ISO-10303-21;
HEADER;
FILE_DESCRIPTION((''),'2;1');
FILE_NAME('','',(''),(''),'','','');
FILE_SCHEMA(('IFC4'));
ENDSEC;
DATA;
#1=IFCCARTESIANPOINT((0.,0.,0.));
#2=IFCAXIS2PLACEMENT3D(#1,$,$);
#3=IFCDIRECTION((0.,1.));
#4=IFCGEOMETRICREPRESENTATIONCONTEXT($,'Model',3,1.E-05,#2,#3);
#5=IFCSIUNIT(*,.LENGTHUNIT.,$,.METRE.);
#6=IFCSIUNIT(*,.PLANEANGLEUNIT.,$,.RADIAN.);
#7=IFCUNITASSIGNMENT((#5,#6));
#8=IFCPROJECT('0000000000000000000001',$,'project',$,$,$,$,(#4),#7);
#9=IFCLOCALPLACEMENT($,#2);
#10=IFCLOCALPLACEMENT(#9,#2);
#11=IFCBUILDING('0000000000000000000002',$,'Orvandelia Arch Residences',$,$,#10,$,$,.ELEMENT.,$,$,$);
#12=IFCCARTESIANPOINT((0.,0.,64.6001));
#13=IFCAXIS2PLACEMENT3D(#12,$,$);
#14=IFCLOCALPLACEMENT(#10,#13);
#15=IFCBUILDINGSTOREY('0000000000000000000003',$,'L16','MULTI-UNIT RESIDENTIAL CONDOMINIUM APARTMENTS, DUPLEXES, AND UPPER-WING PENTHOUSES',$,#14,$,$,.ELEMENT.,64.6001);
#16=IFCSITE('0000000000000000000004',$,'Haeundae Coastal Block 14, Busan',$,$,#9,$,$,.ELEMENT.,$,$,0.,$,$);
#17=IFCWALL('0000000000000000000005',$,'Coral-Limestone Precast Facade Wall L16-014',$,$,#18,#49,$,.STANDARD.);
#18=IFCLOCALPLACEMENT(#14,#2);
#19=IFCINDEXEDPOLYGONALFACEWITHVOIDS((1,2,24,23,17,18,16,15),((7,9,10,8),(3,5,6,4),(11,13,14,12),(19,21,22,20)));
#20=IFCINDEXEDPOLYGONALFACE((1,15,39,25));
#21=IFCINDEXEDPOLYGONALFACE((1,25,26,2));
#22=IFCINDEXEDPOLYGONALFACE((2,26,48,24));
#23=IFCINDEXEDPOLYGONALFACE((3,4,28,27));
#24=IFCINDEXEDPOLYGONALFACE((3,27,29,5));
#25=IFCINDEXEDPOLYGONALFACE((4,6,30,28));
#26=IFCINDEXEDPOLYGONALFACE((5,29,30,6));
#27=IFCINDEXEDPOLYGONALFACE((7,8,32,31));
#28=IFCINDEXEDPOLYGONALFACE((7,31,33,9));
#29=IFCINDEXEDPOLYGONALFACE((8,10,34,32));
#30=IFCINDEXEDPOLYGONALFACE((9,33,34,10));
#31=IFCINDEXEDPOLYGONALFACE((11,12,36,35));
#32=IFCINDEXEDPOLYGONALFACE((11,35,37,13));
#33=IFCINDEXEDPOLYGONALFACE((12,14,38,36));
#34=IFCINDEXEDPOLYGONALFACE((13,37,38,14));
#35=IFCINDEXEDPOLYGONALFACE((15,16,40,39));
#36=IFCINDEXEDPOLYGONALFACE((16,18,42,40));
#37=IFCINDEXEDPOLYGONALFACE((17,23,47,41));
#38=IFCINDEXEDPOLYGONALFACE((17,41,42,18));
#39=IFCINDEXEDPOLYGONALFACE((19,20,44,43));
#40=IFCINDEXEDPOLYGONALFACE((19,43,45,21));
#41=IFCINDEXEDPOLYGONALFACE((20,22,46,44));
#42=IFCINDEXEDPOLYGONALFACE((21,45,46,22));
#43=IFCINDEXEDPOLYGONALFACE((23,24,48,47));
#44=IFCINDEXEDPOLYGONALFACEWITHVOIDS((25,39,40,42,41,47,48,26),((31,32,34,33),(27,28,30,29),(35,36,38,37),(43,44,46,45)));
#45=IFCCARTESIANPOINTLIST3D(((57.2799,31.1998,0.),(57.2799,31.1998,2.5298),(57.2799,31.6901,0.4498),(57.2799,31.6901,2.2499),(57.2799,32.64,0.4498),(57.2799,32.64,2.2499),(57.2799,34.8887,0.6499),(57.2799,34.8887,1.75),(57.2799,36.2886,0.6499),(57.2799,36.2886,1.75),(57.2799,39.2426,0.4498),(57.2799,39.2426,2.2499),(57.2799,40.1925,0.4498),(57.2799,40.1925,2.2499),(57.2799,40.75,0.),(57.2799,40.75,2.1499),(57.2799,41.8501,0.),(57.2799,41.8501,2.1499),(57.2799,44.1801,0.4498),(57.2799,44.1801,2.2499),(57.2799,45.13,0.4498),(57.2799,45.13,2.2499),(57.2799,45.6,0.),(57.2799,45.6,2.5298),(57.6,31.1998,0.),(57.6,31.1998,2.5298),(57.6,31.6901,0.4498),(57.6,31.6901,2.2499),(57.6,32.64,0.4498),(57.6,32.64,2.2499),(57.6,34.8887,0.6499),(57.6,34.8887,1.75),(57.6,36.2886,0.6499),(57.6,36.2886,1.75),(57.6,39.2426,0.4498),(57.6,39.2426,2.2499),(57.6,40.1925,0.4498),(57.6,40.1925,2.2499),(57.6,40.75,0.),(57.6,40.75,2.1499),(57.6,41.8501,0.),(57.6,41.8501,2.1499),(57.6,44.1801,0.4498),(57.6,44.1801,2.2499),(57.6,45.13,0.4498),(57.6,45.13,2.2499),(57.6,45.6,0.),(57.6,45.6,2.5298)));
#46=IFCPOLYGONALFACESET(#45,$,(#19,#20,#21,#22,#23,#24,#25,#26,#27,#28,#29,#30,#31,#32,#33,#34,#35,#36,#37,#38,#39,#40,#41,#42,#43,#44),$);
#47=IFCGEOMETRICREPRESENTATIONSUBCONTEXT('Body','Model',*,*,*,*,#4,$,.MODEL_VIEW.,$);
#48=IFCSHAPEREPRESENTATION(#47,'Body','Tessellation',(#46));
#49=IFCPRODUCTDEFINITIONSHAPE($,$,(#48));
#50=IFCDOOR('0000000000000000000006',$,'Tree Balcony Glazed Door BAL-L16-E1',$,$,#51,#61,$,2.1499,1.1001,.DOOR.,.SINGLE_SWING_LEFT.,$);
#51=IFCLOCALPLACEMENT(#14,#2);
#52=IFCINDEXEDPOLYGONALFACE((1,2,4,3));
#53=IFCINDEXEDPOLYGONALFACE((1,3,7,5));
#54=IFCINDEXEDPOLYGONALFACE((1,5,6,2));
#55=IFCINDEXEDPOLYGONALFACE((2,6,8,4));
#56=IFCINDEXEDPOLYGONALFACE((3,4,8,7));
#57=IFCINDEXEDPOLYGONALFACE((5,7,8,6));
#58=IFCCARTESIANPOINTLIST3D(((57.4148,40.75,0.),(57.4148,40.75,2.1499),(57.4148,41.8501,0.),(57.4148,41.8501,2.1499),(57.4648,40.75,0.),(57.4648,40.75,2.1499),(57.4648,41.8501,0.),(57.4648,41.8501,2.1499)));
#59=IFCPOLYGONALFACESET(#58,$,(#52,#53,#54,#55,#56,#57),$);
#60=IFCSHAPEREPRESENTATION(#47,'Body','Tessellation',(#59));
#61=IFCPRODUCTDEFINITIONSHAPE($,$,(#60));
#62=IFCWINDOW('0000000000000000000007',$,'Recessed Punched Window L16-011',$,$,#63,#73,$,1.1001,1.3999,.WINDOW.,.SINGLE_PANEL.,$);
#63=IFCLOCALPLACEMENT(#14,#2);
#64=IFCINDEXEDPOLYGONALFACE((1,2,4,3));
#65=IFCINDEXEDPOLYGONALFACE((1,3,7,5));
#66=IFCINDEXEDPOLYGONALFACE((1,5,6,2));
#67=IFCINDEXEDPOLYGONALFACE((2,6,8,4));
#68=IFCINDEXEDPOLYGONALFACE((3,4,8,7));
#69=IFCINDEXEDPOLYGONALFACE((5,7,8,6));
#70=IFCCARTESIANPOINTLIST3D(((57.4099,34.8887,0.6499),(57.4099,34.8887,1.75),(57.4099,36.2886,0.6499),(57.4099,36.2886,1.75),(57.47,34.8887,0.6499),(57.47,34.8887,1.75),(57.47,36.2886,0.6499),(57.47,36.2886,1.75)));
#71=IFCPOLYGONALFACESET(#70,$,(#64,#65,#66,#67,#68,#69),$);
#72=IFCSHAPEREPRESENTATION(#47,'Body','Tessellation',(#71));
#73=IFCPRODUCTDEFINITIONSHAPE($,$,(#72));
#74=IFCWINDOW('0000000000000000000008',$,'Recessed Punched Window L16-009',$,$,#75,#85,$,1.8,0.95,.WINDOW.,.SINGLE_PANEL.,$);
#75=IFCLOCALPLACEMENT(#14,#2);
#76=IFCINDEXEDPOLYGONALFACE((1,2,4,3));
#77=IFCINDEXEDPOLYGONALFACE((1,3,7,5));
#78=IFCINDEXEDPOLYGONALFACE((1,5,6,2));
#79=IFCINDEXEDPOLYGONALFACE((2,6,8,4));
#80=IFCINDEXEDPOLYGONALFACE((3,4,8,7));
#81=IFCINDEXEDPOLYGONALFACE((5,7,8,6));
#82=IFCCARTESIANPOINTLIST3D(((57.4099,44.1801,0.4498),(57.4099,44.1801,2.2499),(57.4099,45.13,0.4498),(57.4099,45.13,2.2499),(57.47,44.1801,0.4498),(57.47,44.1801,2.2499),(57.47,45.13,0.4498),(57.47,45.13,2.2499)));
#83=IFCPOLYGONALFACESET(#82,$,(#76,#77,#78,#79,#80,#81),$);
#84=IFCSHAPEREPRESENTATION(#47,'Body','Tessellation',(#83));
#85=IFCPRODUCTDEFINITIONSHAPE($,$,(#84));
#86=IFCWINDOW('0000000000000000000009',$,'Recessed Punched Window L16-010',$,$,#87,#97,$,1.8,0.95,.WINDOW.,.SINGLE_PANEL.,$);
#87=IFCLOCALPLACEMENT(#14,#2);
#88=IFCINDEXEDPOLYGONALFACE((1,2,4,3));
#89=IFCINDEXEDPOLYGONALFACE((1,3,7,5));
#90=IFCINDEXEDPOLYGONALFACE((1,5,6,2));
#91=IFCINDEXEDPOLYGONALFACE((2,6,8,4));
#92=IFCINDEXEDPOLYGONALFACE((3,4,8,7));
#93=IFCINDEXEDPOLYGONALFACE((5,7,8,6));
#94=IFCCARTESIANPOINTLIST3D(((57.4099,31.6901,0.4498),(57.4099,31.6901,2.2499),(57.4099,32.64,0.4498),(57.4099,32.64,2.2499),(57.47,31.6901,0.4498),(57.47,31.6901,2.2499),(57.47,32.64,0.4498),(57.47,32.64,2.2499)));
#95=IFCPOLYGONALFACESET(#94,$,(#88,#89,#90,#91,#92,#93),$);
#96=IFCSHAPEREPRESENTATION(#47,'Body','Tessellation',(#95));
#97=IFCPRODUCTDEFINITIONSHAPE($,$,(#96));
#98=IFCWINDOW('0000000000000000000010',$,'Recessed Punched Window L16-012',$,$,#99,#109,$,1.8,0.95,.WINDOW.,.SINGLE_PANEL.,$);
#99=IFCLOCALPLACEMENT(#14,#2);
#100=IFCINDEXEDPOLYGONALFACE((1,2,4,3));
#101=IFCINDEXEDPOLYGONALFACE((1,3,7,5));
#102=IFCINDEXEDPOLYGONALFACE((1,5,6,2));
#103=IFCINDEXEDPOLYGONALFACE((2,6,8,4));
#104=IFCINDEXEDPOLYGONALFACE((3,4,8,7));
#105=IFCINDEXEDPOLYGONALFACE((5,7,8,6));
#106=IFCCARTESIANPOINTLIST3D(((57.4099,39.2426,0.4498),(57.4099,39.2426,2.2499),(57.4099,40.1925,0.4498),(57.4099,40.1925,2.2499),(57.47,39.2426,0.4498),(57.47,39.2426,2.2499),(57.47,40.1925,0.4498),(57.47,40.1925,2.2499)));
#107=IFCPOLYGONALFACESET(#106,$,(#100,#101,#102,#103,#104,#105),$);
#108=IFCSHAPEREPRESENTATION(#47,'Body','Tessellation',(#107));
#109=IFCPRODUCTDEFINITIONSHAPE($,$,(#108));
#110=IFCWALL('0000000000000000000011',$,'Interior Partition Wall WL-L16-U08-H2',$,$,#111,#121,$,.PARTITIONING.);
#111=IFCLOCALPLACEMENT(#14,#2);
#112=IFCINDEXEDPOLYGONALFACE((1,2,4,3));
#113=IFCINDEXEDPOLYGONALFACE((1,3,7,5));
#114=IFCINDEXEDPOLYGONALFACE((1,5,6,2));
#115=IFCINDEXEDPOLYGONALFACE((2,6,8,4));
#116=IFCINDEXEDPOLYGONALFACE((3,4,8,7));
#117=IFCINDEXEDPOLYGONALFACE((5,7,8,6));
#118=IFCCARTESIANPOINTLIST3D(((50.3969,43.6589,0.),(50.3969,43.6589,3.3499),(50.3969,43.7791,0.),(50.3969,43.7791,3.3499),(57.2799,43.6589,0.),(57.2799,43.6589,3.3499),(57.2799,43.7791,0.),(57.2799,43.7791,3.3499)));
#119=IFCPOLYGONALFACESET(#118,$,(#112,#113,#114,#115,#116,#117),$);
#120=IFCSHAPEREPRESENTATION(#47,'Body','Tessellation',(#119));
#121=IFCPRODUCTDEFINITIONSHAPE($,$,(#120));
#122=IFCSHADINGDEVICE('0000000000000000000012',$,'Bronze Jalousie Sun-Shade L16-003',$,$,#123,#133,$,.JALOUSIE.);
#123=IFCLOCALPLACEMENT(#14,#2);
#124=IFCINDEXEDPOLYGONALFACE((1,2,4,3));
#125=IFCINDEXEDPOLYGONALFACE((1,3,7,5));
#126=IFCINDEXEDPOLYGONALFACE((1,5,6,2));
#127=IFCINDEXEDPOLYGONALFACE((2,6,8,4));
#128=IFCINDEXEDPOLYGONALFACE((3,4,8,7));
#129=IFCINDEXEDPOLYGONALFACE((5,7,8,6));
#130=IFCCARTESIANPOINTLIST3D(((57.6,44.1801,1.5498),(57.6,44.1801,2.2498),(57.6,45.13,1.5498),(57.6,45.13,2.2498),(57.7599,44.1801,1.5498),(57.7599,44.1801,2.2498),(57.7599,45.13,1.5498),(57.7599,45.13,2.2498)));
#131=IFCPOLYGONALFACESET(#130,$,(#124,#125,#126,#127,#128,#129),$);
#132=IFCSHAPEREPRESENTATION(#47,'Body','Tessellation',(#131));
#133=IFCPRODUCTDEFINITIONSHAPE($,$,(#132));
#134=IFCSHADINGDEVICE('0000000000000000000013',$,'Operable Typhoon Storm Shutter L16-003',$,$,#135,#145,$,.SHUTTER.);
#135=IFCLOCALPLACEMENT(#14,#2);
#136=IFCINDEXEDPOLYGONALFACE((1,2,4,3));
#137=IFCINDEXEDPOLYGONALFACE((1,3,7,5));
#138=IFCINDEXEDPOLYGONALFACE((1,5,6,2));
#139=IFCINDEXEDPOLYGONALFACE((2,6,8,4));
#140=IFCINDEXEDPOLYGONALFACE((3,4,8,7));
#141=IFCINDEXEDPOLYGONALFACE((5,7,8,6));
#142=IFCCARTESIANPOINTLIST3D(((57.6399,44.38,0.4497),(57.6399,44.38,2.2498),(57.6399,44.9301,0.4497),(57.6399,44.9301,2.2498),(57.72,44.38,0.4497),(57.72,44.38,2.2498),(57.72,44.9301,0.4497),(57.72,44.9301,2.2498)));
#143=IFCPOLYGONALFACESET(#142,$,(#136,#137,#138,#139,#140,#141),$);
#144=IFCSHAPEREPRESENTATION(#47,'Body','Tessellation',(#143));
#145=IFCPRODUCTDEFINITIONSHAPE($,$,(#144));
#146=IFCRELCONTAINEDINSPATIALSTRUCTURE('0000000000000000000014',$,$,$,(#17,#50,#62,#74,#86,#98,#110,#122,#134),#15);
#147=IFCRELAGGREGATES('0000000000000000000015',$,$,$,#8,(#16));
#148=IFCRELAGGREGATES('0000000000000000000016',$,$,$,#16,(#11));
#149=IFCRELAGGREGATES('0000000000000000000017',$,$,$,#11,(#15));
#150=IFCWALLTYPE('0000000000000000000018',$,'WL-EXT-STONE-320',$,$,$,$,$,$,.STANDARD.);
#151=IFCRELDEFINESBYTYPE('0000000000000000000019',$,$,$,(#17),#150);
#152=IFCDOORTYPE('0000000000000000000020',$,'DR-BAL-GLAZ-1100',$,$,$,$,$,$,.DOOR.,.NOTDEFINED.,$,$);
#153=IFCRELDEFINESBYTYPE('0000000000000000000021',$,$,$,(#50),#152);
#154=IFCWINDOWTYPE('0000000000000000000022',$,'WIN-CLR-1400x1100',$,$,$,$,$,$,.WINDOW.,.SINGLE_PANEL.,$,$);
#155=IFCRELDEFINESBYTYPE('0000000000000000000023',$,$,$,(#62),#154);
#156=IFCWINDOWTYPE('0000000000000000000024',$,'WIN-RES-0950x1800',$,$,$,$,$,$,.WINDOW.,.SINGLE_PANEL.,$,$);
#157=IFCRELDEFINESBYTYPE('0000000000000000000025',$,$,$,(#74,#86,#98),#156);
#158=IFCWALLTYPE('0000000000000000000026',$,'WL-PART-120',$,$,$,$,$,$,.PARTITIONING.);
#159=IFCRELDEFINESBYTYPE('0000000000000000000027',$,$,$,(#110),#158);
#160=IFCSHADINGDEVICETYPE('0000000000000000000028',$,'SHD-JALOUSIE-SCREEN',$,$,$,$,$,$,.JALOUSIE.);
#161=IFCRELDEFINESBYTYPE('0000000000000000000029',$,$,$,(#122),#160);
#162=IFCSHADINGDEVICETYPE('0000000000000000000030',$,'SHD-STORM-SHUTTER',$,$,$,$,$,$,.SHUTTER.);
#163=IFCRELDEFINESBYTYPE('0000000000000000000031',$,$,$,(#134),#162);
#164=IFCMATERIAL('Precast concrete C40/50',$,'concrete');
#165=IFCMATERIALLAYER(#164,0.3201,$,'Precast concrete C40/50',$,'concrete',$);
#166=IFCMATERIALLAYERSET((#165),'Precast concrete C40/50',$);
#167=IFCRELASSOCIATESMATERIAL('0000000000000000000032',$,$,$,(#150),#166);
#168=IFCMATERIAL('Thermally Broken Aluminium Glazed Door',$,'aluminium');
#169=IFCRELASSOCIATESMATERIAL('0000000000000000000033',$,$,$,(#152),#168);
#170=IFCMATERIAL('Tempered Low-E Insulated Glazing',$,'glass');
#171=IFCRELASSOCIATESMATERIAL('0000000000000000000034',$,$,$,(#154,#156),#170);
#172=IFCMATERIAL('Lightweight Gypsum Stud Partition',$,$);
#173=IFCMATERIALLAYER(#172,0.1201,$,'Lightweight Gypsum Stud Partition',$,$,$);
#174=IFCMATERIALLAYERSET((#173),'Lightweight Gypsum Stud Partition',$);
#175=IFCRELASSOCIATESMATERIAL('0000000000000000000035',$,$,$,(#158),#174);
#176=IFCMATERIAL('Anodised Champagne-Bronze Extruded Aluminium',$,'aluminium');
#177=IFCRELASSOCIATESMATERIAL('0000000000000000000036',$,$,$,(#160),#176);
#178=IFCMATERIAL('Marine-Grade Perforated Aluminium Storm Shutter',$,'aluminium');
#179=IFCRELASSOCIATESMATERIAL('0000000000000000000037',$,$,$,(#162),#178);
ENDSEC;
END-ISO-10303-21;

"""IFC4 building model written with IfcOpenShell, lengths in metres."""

from ifc_helpers import new_model, si_unit, direction, frame, frame_2d, origin, origin_2d, place, context, subcontext, project, spatial, rectangle, extrude, material, layer, layer_set, type_object, element, fill, save


model = new_model("IFC4")

# Units and contexts
model_context = context("Model", 3, precision=1e-05, world=origin(), true_north=direction((0.0, 1.0)))
body_context = subcontext(model_context, "Body", "Model", "MODEL_VIEW")
ifc_project = project(units=[si_unit("LENGTHUNIT", "METRE"), si_unit("PLANEANGLEUNIT", "RADIAN")], contexts=[model_context])

# Site, building, storey
site_placement = place(None, origin())
site = spatial("IfcSite", under=ifc_project, at=site_placement, Name="Haeundae Coastal Block 14, Busan", CompositionType="ELEMENT", RefElevation=0.0)
building_placement = place(site_placement, origin())
building = spatial("IfcBuilding", under=site, at=building_placement, Name="Orvandelia Arch Residences", CompositionType="ELEMENT")
storey_placement = place(building_placement, frame((0.0, 0.0, 64.6001)))
storey = spatial("IfcBuildingStorey", under=building, at=storey_placement, Name="L16", Description="MULTI-UNIT RESIDENTIAL CONDOMINIUM APARTMENTS, DUPLEXES, AND UPPER-WING PENTHOUSES", CompositionType="ELEMENT", Elevation=64.6001)

# Shared definitions
ifc_material_1 = material(Name="Precast concrete C40/50", Category="concrete")
ifc_layer_1 = layer(ifc_material_1, 0.3201, Name="Precast concrete C40/50", Category="concrete")
ifc_layer_set_1 = layer_set([ifc_layer_1], Name="Precast concrete C40/50")
wall_type_1 = type_object("IfcWallType", Name="WL-EXT-STONE-320", PredefinedType="STANDARD", material=ifc_layer_set_1)

# Wall, openings, door, windows
wall_1_placement = place(storey_placement, frame((57.4399, 45.6001, 0.0), z_axis=(0.0, 0.0, 1.0), x_axis=(0.0, -1.0, 0.0)))
wall_1 = element("IfcWall", 1, at=wall_1_placement, inside=storey, type_object=wall_type_1, Name="Coral-Limestone Precast Facade Wall L16-014", PredefinedType="STANDARD", context=body_context, shape_type="SweptSolid", body=[
    extrude(rectangle(XDim=14.4001, YDim=0.3201, at=frame_2d((7.2002, 0.0))), origin(), (0.0, 0.0, 1.0), 2.5298),
])
opening_1_placement = place(wall_1_placement, frame((3.75, 0.0, 0.0)))
opening_1 = element("IfcOpeningElement", 2, at=opening_1_placement, cuts=wall_1, PredefinedType="OPENING", context=body_context, shape_type="SweptSolid", body=[
    extrude(rectangle(XDim=1.1001, YDim=2.1499, at=frame_2d((0.55, 1.075))), frame((0.0, 0.1699, 0.0), z_axis=(0.0, -1.0, 0.0), x_axis=(1.0, 0.0, 0.0)), (0.0, 0.0, 1.0), 0.3401),
])
opening_2_placement = place(wall_1_placement, frame((0.47, 0.0, 0.45)))
opening_2 = element("IfcOpeningElement", 3, at=opening_2_placement, cuts=wall_1, PredefinedType="OPENING", context=body_context, shape_type="SweptSolid", body=[
    extrude(rectangle(XDim=0.95, YDim=1.8, at=frame_2d((0.4751, 0.8999))), frame((0.0, 0.1699, 0.0), z_axis=(0.0, -1.0, 0.0), x_axis=(1.0, 0.0, 0.0)), (0.0, 0.0, 1.0), 0.3401),
])
opening_3_placement = place(wall_1_placement, frame((12.96, 0.0, 0.45)))
opening_3 = element("IfcOpeningElement", 4, at=opening_3_placement, cuts=wall_1, PredefinedType="OPENING", context=body_context, shape_type="SweptSolid", body=[
    extrude(rectangle(XDim=0.95, YDim=1.8, at=frame_2d((0.4751, 0.8999))), frame((0.0, 0.1699, 0.0), z_axis=(0.0, -1.0, 0.0), x_axis=(1.0, 0.0, 0.0)), (0.0, 0.0, 1.0), 0.3401),
])
opening_4_placement = place(wall_1_placement, frame((9.3115, 0.0, 0.6499)))
opening_4 = element("IfcOpeningElement", 5, at=opening_4_placement, cuts=wall_1, PredefinedType="OPENING", context=body_context, shape_type="SweptSolid", body=[
    extrude(rectangle(XDim=1.3999, YDim=1.1001, at=frame_2d((0.7, 0.55))), frame((0.0, 0.1699, 0.0), z_axis=(0.0, -1.0, 0.0), x_axis=(1.0, 0.0, 0.0)), (0.0, 0.0, 1.0), 0.3401),
])
opening_5_placement = place(wall_1_placement, frame((5.4075, 0.0, 0.45)))
opening_5 = element("IfcOpeningElement", 6, at=opening_5_placement, cuts=wall_1, PredefinedType="OPENING", context=body_context, shape_type="SweptSolid", body=[
    extrude(rectangle(XDim=0.95, YDim=1.8, at=frame_2d((0.4751, 0.8999))), frame((0.0, 0.1699, 0.0), z_axis=(0.0, -1.0, 0.0), x_axis=(1.0, 0.0, 0.0)), (0.0, 0.0, 1.0), 0.3401),
])
ifc_material_2 = material(Name="Thermally Broken Aluminium Glazed Door", Category="aluminium")
door_type = type_object("IfcDoorType", Name="DR-BAL-GLAZ-1100", OperationType="NOTDEFINED", PredefinedType="DOOR", material=ifc_material_2)
door_placement = place(opening_1_placement, origin())
door = element("IfcDoor", 7, at=door_placement, inside=storey, type_object=door_type, Name="Tree Balcony Glazed Door BAL-L16-E1", OperationType="SINGLE_SWING_LEFT", OverallHeight=2.1499, OverallWidth=1.1001, PredefinedType="DOOR", context=body_context, shape_type="SweptSolid", body=[
    extrude(rectangle(XDim=1.1001, YDim=2.1499, at=frame_2d((0.55, 1.075))), frame((0.0, 0.0249, 0.0), z_axis=(0.0, -1.0, 0.0), x_axis=(1.0, 0.0, 0.0)), (0.0, 0.0, 1.0), 0.05),
])
fill(opening_1, door)
ifc_material_3 = material(Name="Tempered Low-E Insulated Glazing", Category="glass")
window_type_1 = type_object("IfcWindowType", Name="WIN-CLR-1400x1100", PartitioningType="SINGLE_PANEL", PredefinedType="WINDOW", material=ifc_material_3)
window_1_placement = place(opening_4_placement, origin())
window_1 = element("IfcWindow", 8, at=window_1_placement, inside=storey, type_object=window_type_1, Name="Recessed Punched Window L16-011", OverallHeight=1.1001, OverallWidth=1.3999, PartitioningType="SINGLE_PANEL", PredefinedType="WINDOW", context=body_context, shape_type="SweptSolid", body=[
    extrude(rectangle(XDim=1.3999, YDim=1.1001, at=frame_2d((0.7, 0.55))), frame((0.0, 0.03, 0.0), z_axis=(0.0, -1.0, 0.0), x_axis=(1.0, 0.0, 0.0)), (0.0, 0.0, 1.0), 0.0601),
])
fill(opening_4, window_1)
window_type_2 = type_object("IfcWindowType", Name="WIN-RES-0950x1800", PartitioningType="SINGLE_PANEL", PredefinedType="WINDOW", material=ifc_material_3)
window_2_placement = place(opening_2_placement, origin())
window_2 = element("IfcWindow", 9, at=window_2_placement, inside=storey, type_object=window_type_2, Name="Recessed Punched Window L16-009", OverallHeight=1.8, OverallWidth=0.95, PartitioningType="SINGLE_PANEL", PredefinedType="WINDOW", context=body_context, shape_type="SweptSolid", body=[
    extrude(rectangle(XDim=0.95, YDim=1.8, at=frame_2d((0.4751, 0.8999))), frame((0.0, 0.03, 0.0), z_axis=(0.0, -1.0, 0.0), x_axis=(1.0, 0.0, 0.0)), (0.0, 0.0, 1.0), 0.0601),
])
fill(opening_2, window_2)
window_3_placement = place(opening_3_placement, origin())
window_3 = element("IfcWindow", 10, at=window_3_placement, inside=storey, type_object=window_type_2, Name="Recessed Punched Window L16-010", OverallHeight=1.8, OverallWidth=0.95, PartitioningType="SINGLE_PANEL", PredefinedType="WINDOW", context=body_context, shape_type="SweptSolid", body=[
    extrude(rectangle(XDim=0.95, YDim=1.8, at=frame_2d((0.4751, 0.8999))), frame((0.0, 0.03, 0.0), z_axis=(0.0, -1.0, 0.0), x_axis=(1.0, 0.0, 0.0)), (0.0, 0.0, 1.0), 0.0601),
])
fill(opening_3, window_3)
window_4_placement = place(opening_5_placement, origin())
window_4 = element("IfcWindow", 11, at=window_4_placement, inside=storey, type_object=window_type_2, Name="Recessed Punched Window L16-012", OverallHeight=1.8, OverallWidth=0.95, PartitioningType="SINGLE_PANEL", PredefinedType="WINDOW", context=body_context, shape_type="SweptSolid", body=[
    extrude(rectangle(XDim=0.95, YDim=1.8, at=frame_2d((0.4751, 0.8999))), frame((0.0, 0.03, 0.0), z_axis=(0.0, -1.0, 0.0), x_axis=(1.0, 0.0, 0.0)), (0.0, 0.0, 1.0), 0.0601),
])
fill(opening_5, window_4)

# Wall
ifc_material_4 = material(Name="Lightweight Gypsum Stud Partition")
ifc_layer_2 = layer(ifc_material_4, 0.1201, Name="Lightweight Gypsum Stud Partition")
ifc_layer_set_2 = layer_set([ifc_layer_2], Name="Lightweight Gypsum Stud Partition")
wall_type_2 = type_object("IfcWallType", Name="WL-PART-120", PredefinedType="PARTITIONING", material=ifc_layer_set_2)
wall_2_placement = place(storey_placement, frame((50.397, 43.719, 0.0), z_axis=(0.0, 0.0, 1.0), x_axis=(1.0, 0.0, 0.0)))
element("IfcWall", 12, at=wall_2_placement, inside=storey, type_object=wall_type_2, Name="Interior Partition Wall WL-L16-U08-H2", PredefinedType="PARTITIONING", context=body_context, shape_type="SweptSolid", body=[
    extrude(rectangle(XDim=6.8831, YDim=0.1201, at=frame_2d((3.4414, 0.0))), origin(), (0.0, 0.0, 1.0), 3.3499),
])

# Shading devices
ifc_material_5 = material(Name="Anodised Champagne-Bronze Extruded Aluminium", Category="aluminium")
shading_device_type_1 = type_object("IfcShadingDeviceType", Name="SHD-JALOUSIE-SCREEN", PredefinedType="JALOUSIE", material=ifc_material_5)
shading_device_1_placement = place(storey_placement, frame((57.6799, 44.655, 1.5498), z_axis=(0.0, 0.0, 1.0), x_axis=(0.0, -1.0, 0.0)))
element("IfcShadingDevice", 13, at=shading_device_1_placement, inside=storey, type_object=shading_device_type_1, Name="Bronze Jalousie Sun-Shade L16-003", PredefinedType="JALOUSIE", context=body_context, shape_type="SweptSolid", body=[
    extrude(rectangle(XDim=0.95, YDim=0.1599, at=origin_2d()), origin(), (0.0, 0.0, 1.0), 0.7),
])
ifc_material_6 = material(Name="Marine-Grade Perforated Aluminium Storm Shutter", Category="aluminium")
shading_device_type_2 = type_object("IfcShadingDeviceType", Name="SHD-STORM-SHUTTER", PredefinedType="SHUTTER", material=ifc_material_6)
shading_device_2_placement = place(storey_placement, frame((57.6799, 44.655, 0.4497), z_axis=(0.0, 0.0, 1.0), x_axis=(0.0, -1.0, 0.0)))
element("IfcShadingDevice", 14, at=shading_device_2_placement, inside=storey, type_object=shading_device_type_2, Name="Operable Typhoon Storm Shutter L16-003", PredefinedType="SHUTTER", context=body_context, shape_type="SweptSolid", body=[
    extrude(rectangle(XDim=0.55, YDim=0.0801, at=origin_2d()), origin(), (0.0, 0.0, 1.0), 1.8),
])

save(model, "model.ifc")
